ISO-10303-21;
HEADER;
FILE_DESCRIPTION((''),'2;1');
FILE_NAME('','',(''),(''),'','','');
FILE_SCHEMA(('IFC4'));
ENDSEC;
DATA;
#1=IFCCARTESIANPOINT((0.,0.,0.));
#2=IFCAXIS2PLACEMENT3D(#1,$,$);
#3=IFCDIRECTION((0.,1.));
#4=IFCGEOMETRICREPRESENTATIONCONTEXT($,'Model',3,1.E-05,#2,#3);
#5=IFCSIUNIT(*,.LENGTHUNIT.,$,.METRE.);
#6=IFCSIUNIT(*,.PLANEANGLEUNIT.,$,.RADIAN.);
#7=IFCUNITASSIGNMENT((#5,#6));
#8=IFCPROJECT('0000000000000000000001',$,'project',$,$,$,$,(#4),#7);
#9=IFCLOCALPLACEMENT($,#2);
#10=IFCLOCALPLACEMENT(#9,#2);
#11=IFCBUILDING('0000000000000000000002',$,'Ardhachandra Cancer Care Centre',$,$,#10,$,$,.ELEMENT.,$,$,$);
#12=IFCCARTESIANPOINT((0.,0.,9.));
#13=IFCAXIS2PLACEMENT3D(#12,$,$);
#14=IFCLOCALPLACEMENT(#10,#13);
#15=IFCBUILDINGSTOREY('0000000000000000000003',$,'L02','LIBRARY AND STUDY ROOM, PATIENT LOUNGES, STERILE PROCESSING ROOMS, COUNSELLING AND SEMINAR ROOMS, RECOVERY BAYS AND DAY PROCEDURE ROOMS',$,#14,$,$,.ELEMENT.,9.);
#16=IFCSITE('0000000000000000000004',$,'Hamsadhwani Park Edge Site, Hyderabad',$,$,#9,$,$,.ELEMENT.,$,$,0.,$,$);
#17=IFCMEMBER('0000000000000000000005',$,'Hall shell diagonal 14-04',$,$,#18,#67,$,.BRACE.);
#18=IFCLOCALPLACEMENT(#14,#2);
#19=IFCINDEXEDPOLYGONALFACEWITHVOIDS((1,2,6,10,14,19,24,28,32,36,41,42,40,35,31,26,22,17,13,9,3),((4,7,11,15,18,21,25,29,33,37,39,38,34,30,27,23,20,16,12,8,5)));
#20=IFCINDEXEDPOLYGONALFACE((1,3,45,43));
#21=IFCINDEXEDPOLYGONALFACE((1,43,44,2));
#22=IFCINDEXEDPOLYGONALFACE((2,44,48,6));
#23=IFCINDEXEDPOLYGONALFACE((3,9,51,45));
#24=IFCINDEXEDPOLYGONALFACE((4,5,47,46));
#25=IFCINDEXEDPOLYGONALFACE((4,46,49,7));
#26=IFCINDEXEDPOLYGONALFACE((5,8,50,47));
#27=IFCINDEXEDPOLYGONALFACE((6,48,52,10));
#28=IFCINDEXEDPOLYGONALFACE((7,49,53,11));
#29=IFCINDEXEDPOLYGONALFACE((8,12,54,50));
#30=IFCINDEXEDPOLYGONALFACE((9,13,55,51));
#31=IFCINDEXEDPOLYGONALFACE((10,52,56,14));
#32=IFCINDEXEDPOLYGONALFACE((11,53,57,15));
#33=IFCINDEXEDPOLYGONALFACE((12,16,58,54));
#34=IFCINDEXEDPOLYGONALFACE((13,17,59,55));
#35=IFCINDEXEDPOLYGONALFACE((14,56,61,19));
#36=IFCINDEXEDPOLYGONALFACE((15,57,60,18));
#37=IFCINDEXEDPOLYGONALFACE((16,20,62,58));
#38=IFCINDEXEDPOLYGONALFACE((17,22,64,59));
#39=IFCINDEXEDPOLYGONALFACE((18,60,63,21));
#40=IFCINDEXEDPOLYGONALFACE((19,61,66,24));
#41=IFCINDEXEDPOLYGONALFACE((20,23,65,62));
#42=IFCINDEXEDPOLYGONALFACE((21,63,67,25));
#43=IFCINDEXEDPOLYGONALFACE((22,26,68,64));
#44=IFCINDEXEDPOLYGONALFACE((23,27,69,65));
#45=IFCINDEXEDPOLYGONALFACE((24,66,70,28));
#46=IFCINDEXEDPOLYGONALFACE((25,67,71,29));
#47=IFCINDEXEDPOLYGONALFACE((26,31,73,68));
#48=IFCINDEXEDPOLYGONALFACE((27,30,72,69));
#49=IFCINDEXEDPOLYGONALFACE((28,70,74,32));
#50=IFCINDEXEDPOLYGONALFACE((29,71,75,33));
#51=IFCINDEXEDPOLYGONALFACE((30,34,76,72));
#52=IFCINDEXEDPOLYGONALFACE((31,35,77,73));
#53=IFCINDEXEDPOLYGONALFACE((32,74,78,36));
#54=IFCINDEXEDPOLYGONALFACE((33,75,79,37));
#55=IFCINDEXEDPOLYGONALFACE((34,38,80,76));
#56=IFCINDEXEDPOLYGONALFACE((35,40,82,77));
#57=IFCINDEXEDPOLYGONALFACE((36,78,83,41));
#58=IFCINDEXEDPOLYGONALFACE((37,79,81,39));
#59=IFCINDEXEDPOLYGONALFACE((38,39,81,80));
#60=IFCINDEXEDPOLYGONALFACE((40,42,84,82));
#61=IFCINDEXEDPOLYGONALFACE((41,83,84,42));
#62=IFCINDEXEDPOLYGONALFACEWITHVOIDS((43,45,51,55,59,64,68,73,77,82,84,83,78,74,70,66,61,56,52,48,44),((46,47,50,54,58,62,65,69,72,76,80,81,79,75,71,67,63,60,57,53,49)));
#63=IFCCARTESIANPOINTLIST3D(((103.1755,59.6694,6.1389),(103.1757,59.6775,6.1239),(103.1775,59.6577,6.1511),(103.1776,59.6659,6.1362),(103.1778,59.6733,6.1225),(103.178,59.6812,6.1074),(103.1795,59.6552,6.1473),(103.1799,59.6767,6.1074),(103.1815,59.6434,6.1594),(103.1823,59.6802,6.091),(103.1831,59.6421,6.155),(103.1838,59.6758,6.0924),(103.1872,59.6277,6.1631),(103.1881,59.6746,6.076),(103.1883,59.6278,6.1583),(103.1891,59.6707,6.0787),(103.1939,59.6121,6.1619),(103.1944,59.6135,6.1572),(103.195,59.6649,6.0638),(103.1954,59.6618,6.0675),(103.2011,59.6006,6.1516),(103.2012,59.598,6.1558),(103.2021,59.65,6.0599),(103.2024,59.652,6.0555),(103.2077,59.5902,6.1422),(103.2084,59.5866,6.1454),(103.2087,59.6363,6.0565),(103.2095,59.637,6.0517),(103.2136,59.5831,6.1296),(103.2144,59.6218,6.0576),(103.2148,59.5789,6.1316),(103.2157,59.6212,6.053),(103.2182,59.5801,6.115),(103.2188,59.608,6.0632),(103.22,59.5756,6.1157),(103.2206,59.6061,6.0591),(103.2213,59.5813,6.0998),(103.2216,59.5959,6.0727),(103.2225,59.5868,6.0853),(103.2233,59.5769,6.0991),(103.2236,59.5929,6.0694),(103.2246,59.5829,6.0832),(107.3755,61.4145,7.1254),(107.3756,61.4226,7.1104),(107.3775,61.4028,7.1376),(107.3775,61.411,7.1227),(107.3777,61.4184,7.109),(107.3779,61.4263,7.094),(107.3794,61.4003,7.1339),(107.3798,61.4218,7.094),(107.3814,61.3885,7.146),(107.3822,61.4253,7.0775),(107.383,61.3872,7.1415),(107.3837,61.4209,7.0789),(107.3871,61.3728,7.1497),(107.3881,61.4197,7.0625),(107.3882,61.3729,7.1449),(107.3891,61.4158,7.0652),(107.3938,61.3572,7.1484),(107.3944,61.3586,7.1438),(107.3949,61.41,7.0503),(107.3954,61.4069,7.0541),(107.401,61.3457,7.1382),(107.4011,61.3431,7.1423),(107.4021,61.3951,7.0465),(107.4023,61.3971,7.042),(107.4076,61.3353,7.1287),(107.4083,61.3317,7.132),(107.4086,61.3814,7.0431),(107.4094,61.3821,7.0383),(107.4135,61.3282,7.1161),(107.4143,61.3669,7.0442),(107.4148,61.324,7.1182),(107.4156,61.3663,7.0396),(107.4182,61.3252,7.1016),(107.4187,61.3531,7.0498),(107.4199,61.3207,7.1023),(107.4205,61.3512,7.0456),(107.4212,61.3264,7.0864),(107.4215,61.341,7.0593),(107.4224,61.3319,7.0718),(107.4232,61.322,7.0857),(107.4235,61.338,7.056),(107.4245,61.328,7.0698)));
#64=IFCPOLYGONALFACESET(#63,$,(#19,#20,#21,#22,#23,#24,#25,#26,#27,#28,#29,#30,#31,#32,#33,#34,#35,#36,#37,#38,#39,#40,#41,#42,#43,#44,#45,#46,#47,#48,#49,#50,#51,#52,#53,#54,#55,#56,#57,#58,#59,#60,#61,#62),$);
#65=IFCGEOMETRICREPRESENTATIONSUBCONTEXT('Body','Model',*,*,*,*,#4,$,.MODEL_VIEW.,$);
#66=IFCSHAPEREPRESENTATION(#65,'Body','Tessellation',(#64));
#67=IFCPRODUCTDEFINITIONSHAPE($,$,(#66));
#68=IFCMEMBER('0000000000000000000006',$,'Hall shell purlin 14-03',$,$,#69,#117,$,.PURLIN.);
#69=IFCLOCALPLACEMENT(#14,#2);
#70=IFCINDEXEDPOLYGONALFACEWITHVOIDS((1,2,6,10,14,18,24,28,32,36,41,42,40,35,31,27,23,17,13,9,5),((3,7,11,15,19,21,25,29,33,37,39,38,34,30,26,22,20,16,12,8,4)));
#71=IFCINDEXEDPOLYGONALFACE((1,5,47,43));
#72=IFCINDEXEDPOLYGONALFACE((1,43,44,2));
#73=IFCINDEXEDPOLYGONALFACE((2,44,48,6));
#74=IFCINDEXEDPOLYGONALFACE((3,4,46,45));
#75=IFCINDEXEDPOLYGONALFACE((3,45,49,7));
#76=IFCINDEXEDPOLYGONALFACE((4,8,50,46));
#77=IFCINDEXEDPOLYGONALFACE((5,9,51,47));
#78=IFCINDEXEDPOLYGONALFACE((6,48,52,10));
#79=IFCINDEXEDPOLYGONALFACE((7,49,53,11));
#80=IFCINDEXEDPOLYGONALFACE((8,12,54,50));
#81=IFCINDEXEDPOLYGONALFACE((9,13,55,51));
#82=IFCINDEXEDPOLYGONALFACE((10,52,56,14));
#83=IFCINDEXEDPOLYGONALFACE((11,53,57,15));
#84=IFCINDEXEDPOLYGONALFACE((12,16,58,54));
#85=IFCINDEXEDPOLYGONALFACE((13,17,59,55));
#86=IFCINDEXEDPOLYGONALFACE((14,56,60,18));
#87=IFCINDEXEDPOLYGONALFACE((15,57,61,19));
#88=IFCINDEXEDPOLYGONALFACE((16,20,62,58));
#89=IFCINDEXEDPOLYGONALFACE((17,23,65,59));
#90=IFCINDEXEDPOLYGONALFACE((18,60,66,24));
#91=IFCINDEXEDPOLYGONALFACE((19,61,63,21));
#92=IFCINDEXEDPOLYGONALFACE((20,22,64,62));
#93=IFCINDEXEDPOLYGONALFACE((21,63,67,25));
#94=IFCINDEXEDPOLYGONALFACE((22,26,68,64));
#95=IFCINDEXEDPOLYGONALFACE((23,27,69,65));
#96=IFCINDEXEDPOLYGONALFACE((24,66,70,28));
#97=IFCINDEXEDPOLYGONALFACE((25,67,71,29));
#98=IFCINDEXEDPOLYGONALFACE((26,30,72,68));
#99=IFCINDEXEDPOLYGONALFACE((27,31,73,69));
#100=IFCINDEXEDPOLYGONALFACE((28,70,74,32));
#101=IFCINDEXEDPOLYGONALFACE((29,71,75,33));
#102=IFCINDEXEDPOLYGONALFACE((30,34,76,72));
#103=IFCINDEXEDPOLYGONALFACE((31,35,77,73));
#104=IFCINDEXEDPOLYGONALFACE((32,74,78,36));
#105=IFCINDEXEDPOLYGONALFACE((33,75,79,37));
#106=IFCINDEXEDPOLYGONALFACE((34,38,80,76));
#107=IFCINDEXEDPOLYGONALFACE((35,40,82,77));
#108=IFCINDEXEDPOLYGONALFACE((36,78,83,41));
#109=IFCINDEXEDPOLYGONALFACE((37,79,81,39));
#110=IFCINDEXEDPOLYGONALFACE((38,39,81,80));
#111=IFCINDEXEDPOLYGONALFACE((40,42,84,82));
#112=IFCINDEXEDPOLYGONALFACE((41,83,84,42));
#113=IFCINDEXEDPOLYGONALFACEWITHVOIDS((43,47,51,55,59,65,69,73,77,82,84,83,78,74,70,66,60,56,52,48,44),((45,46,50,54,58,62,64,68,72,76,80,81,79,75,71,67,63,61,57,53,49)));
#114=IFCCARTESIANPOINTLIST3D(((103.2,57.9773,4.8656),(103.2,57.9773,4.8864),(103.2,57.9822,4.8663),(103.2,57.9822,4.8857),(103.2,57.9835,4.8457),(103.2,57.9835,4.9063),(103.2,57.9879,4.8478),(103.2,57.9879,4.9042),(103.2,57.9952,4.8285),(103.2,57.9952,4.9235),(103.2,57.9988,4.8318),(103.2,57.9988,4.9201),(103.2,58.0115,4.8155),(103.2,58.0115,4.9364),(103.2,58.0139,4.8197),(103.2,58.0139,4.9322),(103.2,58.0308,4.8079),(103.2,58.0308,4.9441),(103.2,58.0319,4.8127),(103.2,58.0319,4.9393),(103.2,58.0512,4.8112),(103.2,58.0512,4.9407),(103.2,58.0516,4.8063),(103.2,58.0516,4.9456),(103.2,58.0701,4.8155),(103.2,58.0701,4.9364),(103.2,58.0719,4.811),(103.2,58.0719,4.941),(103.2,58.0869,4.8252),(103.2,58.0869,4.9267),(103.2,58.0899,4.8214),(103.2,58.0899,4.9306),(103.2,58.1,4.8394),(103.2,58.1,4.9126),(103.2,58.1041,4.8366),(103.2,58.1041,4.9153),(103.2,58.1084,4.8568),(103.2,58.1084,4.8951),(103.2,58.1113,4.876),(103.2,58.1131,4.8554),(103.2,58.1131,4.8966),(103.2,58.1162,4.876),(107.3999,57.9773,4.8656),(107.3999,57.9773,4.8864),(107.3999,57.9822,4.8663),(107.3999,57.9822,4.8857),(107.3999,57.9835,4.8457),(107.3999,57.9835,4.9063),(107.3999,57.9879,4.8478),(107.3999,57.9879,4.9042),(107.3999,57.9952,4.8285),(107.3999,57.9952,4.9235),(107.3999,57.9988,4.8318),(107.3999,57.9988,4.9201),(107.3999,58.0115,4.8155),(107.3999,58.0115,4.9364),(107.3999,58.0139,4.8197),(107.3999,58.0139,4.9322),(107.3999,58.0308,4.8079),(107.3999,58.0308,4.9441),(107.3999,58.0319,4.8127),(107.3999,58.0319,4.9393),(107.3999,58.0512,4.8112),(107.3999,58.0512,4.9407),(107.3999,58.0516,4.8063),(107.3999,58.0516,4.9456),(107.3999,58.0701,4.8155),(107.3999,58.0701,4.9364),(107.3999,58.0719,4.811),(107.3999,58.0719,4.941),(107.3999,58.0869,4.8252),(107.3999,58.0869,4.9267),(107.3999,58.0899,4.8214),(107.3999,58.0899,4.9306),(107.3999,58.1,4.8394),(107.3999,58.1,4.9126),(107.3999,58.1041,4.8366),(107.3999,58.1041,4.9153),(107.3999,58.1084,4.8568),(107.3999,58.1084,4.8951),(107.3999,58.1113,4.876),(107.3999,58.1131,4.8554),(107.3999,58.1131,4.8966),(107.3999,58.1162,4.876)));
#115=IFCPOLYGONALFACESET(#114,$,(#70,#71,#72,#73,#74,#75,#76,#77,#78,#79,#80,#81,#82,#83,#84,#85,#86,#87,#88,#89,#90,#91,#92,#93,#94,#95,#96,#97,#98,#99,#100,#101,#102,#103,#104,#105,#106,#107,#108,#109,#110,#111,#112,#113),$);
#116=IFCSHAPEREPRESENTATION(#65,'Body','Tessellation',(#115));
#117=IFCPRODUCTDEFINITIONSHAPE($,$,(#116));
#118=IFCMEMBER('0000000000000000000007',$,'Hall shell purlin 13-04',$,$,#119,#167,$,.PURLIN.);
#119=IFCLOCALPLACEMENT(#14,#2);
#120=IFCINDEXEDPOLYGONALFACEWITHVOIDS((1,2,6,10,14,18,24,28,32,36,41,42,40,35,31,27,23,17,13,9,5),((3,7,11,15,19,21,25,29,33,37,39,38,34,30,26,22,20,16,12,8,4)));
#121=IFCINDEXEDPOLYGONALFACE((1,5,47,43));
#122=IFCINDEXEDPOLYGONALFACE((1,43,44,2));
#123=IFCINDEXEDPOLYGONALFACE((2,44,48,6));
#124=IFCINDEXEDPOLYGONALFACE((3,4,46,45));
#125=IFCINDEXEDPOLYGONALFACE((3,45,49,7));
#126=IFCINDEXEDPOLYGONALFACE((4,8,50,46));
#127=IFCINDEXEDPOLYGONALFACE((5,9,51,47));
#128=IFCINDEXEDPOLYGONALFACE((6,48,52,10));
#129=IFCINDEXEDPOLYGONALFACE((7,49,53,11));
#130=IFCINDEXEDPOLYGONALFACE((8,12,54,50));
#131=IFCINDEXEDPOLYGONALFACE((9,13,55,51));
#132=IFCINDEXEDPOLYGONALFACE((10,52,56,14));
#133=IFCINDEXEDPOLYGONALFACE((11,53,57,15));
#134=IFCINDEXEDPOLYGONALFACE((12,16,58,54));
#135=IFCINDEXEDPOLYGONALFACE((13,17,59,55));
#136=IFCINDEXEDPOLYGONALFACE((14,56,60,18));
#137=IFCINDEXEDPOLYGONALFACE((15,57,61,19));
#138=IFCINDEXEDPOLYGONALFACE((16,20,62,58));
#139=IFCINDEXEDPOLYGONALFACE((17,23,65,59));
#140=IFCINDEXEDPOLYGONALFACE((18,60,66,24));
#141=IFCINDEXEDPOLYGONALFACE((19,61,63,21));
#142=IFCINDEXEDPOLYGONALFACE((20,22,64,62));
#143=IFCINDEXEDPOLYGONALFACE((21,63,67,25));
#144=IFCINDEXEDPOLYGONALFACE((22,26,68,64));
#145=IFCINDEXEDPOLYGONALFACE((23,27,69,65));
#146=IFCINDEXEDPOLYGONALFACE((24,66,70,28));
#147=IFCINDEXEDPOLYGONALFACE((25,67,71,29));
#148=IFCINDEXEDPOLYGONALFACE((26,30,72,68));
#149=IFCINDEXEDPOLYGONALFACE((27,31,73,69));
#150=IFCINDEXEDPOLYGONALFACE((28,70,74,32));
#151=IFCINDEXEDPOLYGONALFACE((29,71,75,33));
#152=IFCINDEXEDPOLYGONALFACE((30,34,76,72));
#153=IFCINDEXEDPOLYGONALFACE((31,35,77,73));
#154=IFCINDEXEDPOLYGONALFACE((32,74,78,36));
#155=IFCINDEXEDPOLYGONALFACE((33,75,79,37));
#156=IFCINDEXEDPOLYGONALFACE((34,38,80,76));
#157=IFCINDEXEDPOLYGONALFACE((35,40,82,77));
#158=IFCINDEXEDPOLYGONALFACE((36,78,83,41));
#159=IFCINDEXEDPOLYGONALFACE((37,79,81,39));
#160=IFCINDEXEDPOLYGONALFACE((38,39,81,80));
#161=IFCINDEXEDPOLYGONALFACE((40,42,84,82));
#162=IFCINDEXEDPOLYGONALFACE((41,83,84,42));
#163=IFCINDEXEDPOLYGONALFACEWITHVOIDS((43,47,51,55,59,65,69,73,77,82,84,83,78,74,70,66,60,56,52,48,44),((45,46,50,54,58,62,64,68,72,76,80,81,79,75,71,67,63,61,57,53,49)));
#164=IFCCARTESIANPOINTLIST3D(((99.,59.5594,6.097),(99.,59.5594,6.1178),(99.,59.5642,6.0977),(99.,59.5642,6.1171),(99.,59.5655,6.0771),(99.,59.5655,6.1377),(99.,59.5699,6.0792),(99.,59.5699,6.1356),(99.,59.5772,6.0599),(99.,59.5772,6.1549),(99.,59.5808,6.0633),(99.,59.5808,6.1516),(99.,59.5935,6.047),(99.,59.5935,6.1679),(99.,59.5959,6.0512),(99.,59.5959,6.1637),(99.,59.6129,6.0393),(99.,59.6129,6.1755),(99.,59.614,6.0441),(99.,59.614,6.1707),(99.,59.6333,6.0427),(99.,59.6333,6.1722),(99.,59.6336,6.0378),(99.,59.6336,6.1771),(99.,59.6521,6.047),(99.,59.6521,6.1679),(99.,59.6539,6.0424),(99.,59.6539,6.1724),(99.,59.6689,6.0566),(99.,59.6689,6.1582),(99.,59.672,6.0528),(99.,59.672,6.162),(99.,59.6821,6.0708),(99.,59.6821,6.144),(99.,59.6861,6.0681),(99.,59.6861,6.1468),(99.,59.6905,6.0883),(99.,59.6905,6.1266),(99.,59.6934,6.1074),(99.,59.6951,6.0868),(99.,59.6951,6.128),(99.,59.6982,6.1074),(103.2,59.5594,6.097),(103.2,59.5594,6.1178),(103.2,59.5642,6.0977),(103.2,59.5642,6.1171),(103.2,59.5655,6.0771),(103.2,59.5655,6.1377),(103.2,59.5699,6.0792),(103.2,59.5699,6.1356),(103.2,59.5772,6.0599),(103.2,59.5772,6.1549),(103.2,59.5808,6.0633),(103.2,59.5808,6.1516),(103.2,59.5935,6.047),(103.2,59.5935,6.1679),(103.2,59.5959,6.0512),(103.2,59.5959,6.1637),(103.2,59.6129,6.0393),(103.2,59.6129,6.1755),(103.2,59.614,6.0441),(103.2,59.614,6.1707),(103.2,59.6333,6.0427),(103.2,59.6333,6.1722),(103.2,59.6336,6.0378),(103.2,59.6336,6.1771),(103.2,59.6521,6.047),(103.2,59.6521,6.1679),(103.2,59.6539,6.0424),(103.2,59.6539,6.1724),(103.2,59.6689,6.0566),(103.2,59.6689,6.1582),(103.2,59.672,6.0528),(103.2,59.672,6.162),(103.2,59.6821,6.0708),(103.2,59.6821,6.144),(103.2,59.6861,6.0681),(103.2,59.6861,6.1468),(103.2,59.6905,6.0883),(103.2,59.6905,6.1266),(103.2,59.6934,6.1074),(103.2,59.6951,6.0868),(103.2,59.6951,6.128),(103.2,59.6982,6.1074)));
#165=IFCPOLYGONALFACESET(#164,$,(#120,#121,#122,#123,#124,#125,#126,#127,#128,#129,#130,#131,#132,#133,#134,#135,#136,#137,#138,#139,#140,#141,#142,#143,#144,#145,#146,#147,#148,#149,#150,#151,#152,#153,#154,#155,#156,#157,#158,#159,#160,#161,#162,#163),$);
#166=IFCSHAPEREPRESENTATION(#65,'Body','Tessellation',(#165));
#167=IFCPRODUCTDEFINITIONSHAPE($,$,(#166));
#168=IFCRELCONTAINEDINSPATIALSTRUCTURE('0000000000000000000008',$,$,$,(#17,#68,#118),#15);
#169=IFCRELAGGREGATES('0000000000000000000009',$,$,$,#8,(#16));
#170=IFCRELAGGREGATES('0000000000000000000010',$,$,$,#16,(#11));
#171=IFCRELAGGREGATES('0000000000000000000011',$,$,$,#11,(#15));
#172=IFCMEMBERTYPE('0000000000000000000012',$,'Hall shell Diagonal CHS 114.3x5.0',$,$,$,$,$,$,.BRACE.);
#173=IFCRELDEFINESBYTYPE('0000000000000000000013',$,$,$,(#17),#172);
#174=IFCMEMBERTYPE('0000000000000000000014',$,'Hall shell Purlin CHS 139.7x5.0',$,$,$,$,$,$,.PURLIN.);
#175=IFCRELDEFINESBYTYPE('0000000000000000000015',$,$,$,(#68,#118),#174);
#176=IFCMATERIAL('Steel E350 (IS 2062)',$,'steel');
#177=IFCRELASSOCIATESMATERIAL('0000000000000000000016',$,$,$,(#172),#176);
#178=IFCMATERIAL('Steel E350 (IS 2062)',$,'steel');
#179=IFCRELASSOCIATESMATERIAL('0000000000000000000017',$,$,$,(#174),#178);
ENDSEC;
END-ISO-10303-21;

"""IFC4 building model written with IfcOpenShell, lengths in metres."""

from ifc_helpers import new_model, si_unit, direction, frame, origin, origin_2d, place, context, subcontext, project, spatial, hollow_circle, extrude, material, material_profile, profile_set, type_object, element, save


model = new_model("IFC4")

# Units and contexts
model_context = context("Model", 3, precision=1e-05, world=origin(), true_north=direction((0.0, 1.0)))
body_context = subcontext(model_context, "Body", "Model", "MODEL_VIEW")
ifc_project = project(units=[si_unit("LENGTHUNIT", "METRE"), si_unit("PLANEANGLEUNIT", "RADIAN")], contexts=[model_context])

# Site, building, storey
site_placement = place(None, origin())
site = spatial("IfcSite", under=ifc_project, at=site_placement, Name="Hamsadhwani Park Edge Site, Hyderabad", CompositionType="ELEMENT", RefElevation=0.0)
building_placement = place(site_placement, origin())
building = spatial("IfcBuilding", under=site, at=building_placement, Name="Ardhachandra Cancer Care Centre", CompositionType="ELEMENT")
storey_placement = place(building_placement, frame((0.0, 0.0, 9.0)))
storey = spatial("IfcBuildingStorey", under=building, at=storey_placement, Name="L02", Description="LIBRARY AND STUDY ROOM, PATIENT LOUNGES, STERILE PROCESSING ROOMS, COUNSELLING AND SEMINAR ROOMS, RECOVERY BAYS AND DAY PROCEDURE ROOMS", CompositionType="ELEMENT", Elevation=9.0)

# Members
ifc_material_1 = material(Name="Steel E350 (IS 2062)", Category="steel")
ifc_material_profile_1 = material_profile(ifc_material_1, hollow_circle(Radius=0.0571, WallThickness=0.0049, at=origin_2d()), Name="CHS 114.3x5.0")
ifc_profile_set_1 = profile_set([ifc_material_profile_1], Name="Steel E350 (IS 2062)")
member_type_1 = type_object("IfcMemberType", Name="Hall shell Diagonal CHS 114.3x5.0", PredefinedType="BRACE", material=ifc_profile_set_1)
for number, where, z_axis, x_axis, name in (
    (1, (103.2, 59.6284, 6.1074), (0.902467, 0.374983, 0.21199), (-0.383704, 0.923456, 0.0), "Hall shell diagonal 14-04"),
):
    element("IfcMember", number, at=place(storey_placement, frame(where, z_axis=z_axis, x_axis=x_axis)), inside=storey, type_object=member_type_1, Name=name, PredefinedType="BRACE", context=body_context, shape_type="SweptSolid", body=[
        extrude(hollow_circle(Radius=0.0571, WallThickness=0.0049, at=origin_2d()), origin(), (0.0, 0.0, 1.0), 4.6538),
    ])
ifc_material_2 = material(Name="Steel E350 (IS 2062)", Category="steel")
ifc_material_profile_2 = material_profile(ifc_material_2, hollow_circle(Radius=0.0698, WallThickness=0.0049, at=origin_2d()), Name="CHS 139.7x5.0")
ifc_profile_set_2 = profile_set([ifc_material_profile_2], Name="Steel E350 (IS 2062)")
member_type_2 = type_object("IfcMemberType", Name="Hall shell Purlin CHS 139.7x5.0", PredefinedType="PURLIN", material=ifc_profile_set_2)
for number, where, z_axis, x_axis, name in (
    (2, (103.2, 58.0464, 4.876), (1.0, 0.0, 0.0), (0.0, 1.0, 0.0), "Hall shell purlin 14-03"),
    (3, (99.0, 59.6284, 6.1074), (1.0, 0.0, 0.0), (0.0, 1.0, 0.0), "Hall shell purlin 13-04"),
):
    element("IfcMember", number, at=place(storey_placement, frame(where, z_axis=z_axis, x_axis=x_axis)), inside=storey, type_object=member_type_2, Name=name, PredefinedType="PURLIN", context=body_context, shape_type="SweptSolid", body=[
        extrude(hollow_circle(Radius=0.0698, WallThickness=0.0049, at=origin_2d()), origin(), (0.0, 0.0, 1.0), 4.2),
    ])

save(model, "model.ifc")
